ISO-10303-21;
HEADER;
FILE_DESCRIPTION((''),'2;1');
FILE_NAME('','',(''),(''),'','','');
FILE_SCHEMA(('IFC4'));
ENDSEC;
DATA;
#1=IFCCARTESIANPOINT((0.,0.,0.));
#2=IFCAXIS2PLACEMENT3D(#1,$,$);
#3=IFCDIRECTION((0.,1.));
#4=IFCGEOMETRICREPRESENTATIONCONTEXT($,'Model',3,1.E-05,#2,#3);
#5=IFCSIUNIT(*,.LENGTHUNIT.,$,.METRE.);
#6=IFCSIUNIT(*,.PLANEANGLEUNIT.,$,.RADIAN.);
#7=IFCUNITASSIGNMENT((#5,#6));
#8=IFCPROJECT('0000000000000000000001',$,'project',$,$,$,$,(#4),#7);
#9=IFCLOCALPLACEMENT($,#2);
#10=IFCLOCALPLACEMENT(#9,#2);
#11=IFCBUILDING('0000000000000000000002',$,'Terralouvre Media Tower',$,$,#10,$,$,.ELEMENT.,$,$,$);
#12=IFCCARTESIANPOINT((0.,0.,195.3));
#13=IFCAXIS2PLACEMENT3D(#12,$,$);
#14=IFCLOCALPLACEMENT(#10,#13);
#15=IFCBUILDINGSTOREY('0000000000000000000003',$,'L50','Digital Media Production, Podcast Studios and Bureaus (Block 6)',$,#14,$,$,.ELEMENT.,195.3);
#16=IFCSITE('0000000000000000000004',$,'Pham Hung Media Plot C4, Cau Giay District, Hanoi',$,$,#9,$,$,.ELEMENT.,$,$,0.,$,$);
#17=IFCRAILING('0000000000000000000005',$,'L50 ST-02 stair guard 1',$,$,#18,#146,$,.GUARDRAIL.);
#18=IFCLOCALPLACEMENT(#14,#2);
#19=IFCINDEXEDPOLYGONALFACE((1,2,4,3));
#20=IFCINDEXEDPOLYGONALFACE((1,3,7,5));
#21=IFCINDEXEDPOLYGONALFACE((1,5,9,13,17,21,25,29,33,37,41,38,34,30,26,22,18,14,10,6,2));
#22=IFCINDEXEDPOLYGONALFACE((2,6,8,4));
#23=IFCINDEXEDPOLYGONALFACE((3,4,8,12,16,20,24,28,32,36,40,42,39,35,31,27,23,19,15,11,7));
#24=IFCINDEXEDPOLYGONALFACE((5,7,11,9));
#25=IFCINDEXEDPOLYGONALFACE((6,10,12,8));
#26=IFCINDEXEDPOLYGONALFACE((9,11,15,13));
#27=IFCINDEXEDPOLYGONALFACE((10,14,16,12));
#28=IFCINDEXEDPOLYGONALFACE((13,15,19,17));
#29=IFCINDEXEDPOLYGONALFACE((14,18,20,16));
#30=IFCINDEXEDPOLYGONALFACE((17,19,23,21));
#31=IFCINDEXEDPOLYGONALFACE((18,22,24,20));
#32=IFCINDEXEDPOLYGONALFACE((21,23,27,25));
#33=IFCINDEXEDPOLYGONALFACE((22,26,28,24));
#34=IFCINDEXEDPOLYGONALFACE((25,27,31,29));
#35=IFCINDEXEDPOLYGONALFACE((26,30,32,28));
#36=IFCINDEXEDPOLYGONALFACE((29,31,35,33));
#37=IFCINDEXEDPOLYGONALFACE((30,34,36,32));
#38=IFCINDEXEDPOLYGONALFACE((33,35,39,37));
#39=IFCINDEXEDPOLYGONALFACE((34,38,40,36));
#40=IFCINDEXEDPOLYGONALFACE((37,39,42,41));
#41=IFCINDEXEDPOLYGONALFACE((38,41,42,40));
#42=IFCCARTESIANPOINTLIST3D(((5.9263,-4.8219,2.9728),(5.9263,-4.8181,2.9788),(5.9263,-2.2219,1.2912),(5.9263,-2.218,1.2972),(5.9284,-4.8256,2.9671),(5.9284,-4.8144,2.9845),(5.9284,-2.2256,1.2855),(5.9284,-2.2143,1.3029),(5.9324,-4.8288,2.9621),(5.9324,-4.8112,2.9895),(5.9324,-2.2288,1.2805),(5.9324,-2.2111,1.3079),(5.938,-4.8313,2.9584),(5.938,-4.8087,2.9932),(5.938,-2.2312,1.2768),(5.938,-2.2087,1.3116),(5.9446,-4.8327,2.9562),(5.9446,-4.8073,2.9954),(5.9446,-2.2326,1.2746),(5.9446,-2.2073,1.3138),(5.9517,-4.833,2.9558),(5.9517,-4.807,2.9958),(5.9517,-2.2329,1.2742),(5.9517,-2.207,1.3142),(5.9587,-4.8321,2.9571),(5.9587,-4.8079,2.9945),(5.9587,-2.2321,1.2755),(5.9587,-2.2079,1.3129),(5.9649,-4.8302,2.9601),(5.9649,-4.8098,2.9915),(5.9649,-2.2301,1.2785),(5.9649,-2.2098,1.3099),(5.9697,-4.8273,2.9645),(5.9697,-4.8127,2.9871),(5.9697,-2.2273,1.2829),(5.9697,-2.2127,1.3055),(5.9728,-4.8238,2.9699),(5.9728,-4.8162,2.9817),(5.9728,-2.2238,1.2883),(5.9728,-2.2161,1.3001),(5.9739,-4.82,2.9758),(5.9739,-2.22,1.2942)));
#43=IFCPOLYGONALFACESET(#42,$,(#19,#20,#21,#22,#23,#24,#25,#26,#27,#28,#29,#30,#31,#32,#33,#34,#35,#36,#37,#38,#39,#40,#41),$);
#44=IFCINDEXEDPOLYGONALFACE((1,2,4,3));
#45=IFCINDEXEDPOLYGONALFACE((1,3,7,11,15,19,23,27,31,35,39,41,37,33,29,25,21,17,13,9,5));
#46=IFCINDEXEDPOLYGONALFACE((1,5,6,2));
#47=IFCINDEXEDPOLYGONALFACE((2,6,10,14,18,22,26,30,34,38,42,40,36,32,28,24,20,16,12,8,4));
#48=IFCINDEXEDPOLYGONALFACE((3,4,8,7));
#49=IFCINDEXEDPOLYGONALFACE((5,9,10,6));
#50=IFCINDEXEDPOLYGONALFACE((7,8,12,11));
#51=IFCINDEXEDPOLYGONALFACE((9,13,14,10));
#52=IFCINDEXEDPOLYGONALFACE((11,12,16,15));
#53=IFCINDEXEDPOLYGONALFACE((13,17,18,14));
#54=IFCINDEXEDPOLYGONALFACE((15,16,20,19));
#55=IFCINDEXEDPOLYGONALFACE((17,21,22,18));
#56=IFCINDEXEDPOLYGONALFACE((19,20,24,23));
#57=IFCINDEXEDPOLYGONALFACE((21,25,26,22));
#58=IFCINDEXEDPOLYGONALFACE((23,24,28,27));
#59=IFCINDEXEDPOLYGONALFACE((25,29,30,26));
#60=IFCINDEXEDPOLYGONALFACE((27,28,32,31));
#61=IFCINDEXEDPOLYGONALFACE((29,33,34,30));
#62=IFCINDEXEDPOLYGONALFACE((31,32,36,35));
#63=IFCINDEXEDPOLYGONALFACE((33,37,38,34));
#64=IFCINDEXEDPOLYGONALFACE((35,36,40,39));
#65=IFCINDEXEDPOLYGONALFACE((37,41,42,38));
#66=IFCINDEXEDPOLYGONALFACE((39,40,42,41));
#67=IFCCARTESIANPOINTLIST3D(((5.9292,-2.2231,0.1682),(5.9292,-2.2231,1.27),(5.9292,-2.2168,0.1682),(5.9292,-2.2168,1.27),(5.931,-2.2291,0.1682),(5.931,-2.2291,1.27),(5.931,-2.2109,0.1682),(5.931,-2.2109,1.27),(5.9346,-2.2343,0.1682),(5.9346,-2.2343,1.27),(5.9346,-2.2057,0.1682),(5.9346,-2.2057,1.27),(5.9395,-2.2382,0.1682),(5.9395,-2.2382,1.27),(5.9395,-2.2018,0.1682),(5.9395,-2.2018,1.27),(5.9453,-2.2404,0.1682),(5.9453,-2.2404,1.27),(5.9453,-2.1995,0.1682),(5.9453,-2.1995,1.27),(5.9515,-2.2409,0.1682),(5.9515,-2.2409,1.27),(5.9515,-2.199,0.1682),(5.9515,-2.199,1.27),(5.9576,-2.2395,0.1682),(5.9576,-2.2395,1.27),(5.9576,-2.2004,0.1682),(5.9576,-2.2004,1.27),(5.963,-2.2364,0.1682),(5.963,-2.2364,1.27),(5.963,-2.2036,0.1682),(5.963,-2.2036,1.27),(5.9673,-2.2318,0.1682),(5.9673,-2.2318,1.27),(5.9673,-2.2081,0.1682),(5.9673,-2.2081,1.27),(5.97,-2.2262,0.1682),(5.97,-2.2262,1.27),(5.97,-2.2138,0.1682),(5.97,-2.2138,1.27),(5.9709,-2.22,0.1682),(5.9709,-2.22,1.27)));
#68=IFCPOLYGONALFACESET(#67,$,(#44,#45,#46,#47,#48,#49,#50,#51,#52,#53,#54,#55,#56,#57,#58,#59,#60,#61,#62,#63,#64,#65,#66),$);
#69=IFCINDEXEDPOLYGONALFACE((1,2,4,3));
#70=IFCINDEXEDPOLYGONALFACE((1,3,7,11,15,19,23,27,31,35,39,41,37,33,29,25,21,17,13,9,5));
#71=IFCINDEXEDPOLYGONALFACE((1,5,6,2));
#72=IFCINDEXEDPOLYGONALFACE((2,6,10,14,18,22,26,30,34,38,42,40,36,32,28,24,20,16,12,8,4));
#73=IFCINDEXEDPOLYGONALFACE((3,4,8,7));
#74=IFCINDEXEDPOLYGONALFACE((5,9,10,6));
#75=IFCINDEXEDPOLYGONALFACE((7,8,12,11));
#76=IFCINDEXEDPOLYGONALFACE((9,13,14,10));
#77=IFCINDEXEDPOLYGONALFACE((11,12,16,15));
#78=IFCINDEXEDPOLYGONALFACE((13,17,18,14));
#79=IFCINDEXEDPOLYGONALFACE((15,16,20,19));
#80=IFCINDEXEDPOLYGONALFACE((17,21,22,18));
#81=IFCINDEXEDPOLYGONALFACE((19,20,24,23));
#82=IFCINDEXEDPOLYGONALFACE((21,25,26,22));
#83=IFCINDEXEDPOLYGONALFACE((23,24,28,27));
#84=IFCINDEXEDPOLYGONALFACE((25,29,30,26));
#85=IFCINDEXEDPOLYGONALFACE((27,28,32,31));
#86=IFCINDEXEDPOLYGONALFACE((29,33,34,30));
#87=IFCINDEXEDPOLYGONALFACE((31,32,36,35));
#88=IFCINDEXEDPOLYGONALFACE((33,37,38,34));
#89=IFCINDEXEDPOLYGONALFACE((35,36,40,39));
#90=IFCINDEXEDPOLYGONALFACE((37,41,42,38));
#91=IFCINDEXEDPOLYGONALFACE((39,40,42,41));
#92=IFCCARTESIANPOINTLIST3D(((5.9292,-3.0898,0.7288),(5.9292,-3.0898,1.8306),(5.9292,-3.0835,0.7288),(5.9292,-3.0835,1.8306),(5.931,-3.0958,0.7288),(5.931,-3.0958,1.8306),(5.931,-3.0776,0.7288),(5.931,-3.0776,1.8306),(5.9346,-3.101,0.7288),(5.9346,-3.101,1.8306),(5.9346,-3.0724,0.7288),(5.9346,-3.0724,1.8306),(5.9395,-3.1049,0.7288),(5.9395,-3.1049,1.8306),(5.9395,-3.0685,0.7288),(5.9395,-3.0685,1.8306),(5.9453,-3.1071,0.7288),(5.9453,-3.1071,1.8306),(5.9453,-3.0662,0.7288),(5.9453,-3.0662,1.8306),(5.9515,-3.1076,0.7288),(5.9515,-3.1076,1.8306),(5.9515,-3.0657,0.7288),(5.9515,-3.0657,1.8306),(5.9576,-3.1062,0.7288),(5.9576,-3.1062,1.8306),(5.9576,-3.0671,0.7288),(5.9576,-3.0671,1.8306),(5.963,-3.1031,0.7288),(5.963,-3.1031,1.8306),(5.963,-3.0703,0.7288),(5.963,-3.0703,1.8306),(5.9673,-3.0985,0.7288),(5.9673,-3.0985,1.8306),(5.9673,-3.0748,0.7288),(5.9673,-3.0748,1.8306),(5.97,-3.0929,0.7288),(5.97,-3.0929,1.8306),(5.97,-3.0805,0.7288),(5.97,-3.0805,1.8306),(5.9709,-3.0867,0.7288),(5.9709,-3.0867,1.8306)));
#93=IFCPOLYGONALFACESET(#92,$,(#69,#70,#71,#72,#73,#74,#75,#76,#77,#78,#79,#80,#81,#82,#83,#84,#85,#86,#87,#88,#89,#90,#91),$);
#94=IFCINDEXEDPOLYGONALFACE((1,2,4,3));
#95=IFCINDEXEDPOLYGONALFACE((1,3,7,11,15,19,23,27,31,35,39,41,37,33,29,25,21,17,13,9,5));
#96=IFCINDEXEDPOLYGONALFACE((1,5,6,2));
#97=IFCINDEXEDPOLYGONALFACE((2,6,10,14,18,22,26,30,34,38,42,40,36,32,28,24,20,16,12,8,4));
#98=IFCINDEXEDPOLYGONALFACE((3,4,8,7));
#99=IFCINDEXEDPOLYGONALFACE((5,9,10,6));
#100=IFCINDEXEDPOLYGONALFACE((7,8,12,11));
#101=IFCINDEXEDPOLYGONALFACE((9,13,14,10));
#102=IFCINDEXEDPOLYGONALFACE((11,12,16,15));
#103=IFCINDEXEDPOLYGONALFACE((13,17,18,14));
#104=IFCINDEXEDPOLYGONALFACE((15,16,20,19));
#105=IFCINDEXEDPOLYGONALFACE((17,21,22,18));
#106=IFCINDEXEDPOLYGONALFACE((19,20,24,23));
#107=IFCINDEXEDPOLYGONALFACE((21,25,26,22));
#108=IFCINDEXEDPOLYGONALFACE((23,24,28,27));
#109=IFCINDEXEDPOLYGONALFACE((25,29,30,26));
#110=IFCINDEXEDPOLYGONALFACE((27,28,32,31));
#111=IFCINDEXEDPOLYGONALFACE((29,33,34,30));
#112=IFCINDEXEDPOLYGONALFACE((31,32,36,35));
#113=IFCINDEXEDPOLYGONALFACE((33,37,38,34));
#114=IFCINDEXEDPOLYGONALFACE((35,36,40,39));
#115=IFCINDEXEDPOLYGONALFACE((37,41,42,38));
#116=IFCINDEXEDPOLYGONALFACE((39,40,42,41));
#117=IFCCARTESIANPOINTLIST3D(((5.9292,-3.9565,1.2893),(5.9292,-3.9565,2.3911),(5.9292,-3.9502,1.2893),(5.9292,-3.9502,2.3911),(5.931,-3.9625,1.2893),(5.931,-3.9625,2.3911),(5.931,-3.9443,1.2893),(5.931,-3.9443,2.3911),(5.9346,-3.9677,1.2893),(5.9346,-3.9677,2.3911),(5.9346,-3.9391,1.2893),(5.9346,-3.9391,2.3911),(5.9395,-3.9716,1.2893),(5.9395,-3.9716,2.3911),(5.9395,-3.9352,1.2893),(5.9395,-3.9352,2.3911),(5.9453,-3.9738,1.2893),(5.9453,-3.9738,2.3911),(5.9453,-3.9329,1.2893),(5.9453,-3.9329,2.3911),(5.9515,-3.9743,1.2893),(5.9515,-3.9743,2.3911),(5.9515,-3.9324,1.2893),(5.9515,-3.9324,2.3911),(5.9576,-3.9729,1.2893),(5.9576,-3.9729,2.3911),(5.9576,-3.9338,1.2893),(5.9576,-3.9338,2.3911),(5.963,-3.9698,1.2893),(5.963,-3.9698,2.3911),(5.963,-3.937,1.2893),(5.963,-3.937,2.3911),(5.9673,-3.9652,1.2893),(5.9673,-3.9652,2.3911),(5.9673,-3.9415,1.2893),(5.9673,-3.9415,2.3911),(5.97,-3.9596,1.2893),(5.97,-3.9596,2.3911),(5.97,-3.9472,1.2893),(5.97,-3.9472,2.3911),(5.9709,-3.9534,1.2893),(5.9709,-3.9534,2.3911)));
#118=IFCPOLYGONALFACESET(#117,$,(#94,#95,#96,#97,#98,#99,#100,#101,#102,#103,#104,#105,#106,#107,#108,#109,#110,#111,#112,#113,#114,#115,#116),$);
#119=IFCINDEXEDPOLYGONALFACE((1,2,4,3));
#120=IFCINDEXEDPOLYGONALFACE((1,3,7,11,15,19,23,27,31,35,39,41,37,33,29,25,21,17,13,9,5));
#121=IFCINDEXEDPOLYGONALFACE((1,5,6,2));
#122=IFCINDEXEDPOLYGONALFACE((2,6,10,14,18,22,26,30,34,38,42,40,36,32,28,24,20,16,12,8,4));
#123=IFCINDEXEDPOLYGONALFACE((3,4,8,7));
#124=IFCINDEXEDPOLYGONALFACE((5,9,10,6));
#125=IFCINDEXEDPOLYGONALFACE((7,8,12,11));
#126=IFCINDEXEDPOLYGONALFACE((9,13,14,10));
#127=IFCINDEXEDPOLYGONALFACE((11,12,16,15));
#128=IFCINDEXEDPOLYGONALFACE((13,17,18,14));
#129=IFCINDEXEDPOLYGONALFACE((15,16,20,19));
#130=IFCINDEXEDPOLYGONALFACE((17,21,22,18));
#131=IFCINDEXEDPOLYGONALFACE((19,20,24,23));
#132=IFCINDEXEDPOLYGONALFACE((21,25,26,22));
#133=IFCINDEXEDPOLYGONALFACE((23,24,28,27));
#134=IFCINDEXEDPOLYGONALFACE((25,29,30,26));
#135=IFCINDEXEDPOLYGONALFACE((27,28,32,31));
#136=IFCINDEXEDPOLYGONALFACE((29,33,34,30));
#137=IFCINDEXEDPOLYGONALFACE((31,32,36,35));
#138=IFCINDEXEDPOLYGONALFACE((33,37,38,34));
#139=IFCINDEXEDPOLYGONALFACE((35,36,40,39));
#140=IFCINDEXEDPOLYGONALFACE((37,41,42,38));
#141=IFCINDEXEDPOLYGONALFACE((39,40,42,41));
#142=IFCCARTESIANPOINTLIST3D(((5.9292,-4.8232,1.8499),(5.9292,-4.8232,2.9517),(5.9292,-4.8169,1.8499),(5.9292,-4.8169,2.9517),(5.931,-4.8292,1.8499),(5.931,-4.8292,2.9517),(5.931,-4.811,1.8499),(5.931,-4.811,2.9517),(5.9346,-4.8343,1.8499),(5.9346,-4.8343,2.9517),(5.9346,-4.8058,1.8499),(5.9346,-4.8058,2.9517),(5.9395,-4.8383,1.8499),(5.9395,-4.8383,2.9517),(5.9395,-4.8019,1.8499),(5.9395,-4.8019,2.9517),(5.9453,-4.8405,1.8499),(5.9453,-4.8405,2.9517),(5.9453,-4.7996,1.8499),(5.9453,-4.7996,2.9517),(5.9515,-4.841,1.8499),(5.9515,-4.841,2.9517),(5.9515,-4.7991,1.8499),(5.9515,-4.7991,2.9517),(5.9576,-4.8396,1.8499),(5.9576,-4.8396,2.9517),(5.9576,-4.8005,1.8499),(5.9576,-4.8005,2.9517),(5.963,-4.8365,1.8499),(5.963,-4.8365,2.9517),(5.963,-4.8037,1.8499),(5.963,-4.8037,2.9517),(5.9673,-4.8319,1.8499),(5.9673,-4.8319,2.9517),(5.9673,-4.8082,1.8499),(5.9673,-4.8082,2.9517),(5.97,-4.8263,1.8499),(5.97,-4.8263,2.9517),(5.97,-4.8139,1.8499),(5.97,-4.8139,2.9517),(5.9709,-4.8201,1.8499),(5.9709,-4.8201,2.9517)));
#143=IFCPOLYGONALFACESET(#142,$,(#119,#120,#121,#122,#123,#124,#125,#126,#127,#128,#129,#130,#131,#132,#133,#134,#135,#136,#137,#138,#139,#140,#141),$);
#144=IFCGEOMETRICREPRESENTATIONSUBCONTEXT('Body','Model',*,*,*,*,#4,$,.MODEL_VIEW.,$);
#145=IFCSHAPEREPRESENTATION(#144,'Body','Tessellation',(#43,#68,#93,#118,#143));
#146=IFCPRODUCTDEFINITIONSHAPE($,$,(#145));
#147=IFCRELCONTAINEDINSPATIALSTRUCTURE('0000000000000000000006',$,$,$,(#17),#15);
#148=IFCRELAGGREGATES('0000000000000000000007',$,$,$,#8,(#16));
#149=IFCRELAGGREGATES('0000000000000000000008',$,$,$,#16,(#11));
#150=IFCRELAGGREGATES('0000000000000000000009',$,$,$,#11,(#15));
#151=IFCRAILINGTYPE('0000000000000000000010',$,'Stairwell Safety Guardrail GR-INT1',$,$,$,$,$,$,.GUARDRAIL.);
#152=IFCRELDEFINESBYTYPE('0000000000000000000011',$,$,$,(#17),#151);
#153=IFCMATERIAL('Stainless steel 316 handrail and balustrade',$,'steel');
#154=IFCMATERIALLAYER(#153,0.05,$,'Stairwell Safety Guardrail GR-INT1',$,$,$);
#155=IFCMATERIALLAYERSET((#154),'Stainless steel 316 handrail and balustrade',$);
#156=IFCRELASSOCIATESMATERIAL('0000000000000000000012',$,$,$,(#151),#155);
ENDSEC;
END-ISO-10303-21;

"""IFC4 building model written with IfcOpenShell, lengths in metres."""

from ifc_helpers import new_model, si_unit, direction, frame, origin, origin_2d, place, context, subcontext, project, spatial, circle, extrude, material, layer, layer_set, type_object, element, save


model = new_model("IFC4")

# Units and contexts
model_context = context("Model", 3, precision=1e-05, world=origin(), true_north=direction((0.0, 1.0)))
body_context = subcontext(model_context, "Body", "Model", "MODEL_VIEW")
ifc_project = project(units=[si_unit("LENGTHUNIT", "METRE"), si_unit("PLANEANGLEUNIT", "RADIAN")], contexts=[model_context])

# Site, building, storey
site_placement = place(None, origin())
site = spatial("IfcSite", under=ifc_project, at=site_placement, Name="Pham Hung Media Plot C4, Cau Giay District, Hanoi", CompositionType="ELEMENT", RefElevation=0.0)
building_placement = place(site_placement, origin())
building = spatial("IfcBuilding", under=site, at=building_placement, Name="Terralouvre Media Tower", CompositionType="ELEMENT")
storey_placement = place(building_placement, frame((0.0, 0.0, 195.3)))
storey = spatial("IfcBuildingStorey", under=building, at=storey_placement, Name="L50", Description="Digital Media Production, Podcast Studios and Bureaus (Block 6)", CompositionType="ELEMENT", Elevation=195.3)

# Railing
ifc_material_1 = material(Name="Stainless steel 316 handrail and balustrade", Category="steel")
ifc_layer_1 = layer(ifc_material_1, 0.05, Name="Stairwell Safety Guardrail GR-INT1")
ifc_layer_set_1 = layer_set([ifc_layer_1], Name="Stainless steel 316 handrail and balustrade")
railing_type_1 = type_object("IfcRailingType", Name="Stairwell Safety Guardrail GR-INT1", PredefinedType="GUARDRAIL", material=ifc_layer_set_1)
railing_1_placement = place(storey_placement, frame((5.95, -2.22, 0.1682)))
element("IfcRailing", 1, at=railing_1_placement, inside=storey, type_object=railing_type_1, Name="L50 ST-02 stair guard 1", PredefinedType="GUARDRAIL", context=body_context, shape_type="SweptSolid", body=[
    extrude(circle(Radius=0.0239, at=origin_2d()), frame((0.0, 0.0, 1.126), z_axis=(0.0, -0.839684, 0.543075), x_axis=(1.0, 0.0, 0.0)), (0.0, 0.0, 1.0), 3.0964),
    extrude(circle(Radius=0.021, at=origin_2d()), origin(), (0.0, 0.0, 1.0), 1.1018),
    extrude(circle(Radius=0.021, at=origin_2d()), frame((0.0, -0.8667, 0.5605)), (0.0, 0.0, 1.0), 1.1018),
    extrude(circle(Radius=0.021, at=origin_2d()), frame((0.0, -1.7334, 1.1211)), (0.0, 0.0, 1.0), 1.1018),
    extrude(circle(Radius=0.021, at=origin_2d()), frame((0.0, -2.6001, 1.6816)), (0.0, 0.0, 1.0), 1.1018),
])

save(model, "model.ifc")
